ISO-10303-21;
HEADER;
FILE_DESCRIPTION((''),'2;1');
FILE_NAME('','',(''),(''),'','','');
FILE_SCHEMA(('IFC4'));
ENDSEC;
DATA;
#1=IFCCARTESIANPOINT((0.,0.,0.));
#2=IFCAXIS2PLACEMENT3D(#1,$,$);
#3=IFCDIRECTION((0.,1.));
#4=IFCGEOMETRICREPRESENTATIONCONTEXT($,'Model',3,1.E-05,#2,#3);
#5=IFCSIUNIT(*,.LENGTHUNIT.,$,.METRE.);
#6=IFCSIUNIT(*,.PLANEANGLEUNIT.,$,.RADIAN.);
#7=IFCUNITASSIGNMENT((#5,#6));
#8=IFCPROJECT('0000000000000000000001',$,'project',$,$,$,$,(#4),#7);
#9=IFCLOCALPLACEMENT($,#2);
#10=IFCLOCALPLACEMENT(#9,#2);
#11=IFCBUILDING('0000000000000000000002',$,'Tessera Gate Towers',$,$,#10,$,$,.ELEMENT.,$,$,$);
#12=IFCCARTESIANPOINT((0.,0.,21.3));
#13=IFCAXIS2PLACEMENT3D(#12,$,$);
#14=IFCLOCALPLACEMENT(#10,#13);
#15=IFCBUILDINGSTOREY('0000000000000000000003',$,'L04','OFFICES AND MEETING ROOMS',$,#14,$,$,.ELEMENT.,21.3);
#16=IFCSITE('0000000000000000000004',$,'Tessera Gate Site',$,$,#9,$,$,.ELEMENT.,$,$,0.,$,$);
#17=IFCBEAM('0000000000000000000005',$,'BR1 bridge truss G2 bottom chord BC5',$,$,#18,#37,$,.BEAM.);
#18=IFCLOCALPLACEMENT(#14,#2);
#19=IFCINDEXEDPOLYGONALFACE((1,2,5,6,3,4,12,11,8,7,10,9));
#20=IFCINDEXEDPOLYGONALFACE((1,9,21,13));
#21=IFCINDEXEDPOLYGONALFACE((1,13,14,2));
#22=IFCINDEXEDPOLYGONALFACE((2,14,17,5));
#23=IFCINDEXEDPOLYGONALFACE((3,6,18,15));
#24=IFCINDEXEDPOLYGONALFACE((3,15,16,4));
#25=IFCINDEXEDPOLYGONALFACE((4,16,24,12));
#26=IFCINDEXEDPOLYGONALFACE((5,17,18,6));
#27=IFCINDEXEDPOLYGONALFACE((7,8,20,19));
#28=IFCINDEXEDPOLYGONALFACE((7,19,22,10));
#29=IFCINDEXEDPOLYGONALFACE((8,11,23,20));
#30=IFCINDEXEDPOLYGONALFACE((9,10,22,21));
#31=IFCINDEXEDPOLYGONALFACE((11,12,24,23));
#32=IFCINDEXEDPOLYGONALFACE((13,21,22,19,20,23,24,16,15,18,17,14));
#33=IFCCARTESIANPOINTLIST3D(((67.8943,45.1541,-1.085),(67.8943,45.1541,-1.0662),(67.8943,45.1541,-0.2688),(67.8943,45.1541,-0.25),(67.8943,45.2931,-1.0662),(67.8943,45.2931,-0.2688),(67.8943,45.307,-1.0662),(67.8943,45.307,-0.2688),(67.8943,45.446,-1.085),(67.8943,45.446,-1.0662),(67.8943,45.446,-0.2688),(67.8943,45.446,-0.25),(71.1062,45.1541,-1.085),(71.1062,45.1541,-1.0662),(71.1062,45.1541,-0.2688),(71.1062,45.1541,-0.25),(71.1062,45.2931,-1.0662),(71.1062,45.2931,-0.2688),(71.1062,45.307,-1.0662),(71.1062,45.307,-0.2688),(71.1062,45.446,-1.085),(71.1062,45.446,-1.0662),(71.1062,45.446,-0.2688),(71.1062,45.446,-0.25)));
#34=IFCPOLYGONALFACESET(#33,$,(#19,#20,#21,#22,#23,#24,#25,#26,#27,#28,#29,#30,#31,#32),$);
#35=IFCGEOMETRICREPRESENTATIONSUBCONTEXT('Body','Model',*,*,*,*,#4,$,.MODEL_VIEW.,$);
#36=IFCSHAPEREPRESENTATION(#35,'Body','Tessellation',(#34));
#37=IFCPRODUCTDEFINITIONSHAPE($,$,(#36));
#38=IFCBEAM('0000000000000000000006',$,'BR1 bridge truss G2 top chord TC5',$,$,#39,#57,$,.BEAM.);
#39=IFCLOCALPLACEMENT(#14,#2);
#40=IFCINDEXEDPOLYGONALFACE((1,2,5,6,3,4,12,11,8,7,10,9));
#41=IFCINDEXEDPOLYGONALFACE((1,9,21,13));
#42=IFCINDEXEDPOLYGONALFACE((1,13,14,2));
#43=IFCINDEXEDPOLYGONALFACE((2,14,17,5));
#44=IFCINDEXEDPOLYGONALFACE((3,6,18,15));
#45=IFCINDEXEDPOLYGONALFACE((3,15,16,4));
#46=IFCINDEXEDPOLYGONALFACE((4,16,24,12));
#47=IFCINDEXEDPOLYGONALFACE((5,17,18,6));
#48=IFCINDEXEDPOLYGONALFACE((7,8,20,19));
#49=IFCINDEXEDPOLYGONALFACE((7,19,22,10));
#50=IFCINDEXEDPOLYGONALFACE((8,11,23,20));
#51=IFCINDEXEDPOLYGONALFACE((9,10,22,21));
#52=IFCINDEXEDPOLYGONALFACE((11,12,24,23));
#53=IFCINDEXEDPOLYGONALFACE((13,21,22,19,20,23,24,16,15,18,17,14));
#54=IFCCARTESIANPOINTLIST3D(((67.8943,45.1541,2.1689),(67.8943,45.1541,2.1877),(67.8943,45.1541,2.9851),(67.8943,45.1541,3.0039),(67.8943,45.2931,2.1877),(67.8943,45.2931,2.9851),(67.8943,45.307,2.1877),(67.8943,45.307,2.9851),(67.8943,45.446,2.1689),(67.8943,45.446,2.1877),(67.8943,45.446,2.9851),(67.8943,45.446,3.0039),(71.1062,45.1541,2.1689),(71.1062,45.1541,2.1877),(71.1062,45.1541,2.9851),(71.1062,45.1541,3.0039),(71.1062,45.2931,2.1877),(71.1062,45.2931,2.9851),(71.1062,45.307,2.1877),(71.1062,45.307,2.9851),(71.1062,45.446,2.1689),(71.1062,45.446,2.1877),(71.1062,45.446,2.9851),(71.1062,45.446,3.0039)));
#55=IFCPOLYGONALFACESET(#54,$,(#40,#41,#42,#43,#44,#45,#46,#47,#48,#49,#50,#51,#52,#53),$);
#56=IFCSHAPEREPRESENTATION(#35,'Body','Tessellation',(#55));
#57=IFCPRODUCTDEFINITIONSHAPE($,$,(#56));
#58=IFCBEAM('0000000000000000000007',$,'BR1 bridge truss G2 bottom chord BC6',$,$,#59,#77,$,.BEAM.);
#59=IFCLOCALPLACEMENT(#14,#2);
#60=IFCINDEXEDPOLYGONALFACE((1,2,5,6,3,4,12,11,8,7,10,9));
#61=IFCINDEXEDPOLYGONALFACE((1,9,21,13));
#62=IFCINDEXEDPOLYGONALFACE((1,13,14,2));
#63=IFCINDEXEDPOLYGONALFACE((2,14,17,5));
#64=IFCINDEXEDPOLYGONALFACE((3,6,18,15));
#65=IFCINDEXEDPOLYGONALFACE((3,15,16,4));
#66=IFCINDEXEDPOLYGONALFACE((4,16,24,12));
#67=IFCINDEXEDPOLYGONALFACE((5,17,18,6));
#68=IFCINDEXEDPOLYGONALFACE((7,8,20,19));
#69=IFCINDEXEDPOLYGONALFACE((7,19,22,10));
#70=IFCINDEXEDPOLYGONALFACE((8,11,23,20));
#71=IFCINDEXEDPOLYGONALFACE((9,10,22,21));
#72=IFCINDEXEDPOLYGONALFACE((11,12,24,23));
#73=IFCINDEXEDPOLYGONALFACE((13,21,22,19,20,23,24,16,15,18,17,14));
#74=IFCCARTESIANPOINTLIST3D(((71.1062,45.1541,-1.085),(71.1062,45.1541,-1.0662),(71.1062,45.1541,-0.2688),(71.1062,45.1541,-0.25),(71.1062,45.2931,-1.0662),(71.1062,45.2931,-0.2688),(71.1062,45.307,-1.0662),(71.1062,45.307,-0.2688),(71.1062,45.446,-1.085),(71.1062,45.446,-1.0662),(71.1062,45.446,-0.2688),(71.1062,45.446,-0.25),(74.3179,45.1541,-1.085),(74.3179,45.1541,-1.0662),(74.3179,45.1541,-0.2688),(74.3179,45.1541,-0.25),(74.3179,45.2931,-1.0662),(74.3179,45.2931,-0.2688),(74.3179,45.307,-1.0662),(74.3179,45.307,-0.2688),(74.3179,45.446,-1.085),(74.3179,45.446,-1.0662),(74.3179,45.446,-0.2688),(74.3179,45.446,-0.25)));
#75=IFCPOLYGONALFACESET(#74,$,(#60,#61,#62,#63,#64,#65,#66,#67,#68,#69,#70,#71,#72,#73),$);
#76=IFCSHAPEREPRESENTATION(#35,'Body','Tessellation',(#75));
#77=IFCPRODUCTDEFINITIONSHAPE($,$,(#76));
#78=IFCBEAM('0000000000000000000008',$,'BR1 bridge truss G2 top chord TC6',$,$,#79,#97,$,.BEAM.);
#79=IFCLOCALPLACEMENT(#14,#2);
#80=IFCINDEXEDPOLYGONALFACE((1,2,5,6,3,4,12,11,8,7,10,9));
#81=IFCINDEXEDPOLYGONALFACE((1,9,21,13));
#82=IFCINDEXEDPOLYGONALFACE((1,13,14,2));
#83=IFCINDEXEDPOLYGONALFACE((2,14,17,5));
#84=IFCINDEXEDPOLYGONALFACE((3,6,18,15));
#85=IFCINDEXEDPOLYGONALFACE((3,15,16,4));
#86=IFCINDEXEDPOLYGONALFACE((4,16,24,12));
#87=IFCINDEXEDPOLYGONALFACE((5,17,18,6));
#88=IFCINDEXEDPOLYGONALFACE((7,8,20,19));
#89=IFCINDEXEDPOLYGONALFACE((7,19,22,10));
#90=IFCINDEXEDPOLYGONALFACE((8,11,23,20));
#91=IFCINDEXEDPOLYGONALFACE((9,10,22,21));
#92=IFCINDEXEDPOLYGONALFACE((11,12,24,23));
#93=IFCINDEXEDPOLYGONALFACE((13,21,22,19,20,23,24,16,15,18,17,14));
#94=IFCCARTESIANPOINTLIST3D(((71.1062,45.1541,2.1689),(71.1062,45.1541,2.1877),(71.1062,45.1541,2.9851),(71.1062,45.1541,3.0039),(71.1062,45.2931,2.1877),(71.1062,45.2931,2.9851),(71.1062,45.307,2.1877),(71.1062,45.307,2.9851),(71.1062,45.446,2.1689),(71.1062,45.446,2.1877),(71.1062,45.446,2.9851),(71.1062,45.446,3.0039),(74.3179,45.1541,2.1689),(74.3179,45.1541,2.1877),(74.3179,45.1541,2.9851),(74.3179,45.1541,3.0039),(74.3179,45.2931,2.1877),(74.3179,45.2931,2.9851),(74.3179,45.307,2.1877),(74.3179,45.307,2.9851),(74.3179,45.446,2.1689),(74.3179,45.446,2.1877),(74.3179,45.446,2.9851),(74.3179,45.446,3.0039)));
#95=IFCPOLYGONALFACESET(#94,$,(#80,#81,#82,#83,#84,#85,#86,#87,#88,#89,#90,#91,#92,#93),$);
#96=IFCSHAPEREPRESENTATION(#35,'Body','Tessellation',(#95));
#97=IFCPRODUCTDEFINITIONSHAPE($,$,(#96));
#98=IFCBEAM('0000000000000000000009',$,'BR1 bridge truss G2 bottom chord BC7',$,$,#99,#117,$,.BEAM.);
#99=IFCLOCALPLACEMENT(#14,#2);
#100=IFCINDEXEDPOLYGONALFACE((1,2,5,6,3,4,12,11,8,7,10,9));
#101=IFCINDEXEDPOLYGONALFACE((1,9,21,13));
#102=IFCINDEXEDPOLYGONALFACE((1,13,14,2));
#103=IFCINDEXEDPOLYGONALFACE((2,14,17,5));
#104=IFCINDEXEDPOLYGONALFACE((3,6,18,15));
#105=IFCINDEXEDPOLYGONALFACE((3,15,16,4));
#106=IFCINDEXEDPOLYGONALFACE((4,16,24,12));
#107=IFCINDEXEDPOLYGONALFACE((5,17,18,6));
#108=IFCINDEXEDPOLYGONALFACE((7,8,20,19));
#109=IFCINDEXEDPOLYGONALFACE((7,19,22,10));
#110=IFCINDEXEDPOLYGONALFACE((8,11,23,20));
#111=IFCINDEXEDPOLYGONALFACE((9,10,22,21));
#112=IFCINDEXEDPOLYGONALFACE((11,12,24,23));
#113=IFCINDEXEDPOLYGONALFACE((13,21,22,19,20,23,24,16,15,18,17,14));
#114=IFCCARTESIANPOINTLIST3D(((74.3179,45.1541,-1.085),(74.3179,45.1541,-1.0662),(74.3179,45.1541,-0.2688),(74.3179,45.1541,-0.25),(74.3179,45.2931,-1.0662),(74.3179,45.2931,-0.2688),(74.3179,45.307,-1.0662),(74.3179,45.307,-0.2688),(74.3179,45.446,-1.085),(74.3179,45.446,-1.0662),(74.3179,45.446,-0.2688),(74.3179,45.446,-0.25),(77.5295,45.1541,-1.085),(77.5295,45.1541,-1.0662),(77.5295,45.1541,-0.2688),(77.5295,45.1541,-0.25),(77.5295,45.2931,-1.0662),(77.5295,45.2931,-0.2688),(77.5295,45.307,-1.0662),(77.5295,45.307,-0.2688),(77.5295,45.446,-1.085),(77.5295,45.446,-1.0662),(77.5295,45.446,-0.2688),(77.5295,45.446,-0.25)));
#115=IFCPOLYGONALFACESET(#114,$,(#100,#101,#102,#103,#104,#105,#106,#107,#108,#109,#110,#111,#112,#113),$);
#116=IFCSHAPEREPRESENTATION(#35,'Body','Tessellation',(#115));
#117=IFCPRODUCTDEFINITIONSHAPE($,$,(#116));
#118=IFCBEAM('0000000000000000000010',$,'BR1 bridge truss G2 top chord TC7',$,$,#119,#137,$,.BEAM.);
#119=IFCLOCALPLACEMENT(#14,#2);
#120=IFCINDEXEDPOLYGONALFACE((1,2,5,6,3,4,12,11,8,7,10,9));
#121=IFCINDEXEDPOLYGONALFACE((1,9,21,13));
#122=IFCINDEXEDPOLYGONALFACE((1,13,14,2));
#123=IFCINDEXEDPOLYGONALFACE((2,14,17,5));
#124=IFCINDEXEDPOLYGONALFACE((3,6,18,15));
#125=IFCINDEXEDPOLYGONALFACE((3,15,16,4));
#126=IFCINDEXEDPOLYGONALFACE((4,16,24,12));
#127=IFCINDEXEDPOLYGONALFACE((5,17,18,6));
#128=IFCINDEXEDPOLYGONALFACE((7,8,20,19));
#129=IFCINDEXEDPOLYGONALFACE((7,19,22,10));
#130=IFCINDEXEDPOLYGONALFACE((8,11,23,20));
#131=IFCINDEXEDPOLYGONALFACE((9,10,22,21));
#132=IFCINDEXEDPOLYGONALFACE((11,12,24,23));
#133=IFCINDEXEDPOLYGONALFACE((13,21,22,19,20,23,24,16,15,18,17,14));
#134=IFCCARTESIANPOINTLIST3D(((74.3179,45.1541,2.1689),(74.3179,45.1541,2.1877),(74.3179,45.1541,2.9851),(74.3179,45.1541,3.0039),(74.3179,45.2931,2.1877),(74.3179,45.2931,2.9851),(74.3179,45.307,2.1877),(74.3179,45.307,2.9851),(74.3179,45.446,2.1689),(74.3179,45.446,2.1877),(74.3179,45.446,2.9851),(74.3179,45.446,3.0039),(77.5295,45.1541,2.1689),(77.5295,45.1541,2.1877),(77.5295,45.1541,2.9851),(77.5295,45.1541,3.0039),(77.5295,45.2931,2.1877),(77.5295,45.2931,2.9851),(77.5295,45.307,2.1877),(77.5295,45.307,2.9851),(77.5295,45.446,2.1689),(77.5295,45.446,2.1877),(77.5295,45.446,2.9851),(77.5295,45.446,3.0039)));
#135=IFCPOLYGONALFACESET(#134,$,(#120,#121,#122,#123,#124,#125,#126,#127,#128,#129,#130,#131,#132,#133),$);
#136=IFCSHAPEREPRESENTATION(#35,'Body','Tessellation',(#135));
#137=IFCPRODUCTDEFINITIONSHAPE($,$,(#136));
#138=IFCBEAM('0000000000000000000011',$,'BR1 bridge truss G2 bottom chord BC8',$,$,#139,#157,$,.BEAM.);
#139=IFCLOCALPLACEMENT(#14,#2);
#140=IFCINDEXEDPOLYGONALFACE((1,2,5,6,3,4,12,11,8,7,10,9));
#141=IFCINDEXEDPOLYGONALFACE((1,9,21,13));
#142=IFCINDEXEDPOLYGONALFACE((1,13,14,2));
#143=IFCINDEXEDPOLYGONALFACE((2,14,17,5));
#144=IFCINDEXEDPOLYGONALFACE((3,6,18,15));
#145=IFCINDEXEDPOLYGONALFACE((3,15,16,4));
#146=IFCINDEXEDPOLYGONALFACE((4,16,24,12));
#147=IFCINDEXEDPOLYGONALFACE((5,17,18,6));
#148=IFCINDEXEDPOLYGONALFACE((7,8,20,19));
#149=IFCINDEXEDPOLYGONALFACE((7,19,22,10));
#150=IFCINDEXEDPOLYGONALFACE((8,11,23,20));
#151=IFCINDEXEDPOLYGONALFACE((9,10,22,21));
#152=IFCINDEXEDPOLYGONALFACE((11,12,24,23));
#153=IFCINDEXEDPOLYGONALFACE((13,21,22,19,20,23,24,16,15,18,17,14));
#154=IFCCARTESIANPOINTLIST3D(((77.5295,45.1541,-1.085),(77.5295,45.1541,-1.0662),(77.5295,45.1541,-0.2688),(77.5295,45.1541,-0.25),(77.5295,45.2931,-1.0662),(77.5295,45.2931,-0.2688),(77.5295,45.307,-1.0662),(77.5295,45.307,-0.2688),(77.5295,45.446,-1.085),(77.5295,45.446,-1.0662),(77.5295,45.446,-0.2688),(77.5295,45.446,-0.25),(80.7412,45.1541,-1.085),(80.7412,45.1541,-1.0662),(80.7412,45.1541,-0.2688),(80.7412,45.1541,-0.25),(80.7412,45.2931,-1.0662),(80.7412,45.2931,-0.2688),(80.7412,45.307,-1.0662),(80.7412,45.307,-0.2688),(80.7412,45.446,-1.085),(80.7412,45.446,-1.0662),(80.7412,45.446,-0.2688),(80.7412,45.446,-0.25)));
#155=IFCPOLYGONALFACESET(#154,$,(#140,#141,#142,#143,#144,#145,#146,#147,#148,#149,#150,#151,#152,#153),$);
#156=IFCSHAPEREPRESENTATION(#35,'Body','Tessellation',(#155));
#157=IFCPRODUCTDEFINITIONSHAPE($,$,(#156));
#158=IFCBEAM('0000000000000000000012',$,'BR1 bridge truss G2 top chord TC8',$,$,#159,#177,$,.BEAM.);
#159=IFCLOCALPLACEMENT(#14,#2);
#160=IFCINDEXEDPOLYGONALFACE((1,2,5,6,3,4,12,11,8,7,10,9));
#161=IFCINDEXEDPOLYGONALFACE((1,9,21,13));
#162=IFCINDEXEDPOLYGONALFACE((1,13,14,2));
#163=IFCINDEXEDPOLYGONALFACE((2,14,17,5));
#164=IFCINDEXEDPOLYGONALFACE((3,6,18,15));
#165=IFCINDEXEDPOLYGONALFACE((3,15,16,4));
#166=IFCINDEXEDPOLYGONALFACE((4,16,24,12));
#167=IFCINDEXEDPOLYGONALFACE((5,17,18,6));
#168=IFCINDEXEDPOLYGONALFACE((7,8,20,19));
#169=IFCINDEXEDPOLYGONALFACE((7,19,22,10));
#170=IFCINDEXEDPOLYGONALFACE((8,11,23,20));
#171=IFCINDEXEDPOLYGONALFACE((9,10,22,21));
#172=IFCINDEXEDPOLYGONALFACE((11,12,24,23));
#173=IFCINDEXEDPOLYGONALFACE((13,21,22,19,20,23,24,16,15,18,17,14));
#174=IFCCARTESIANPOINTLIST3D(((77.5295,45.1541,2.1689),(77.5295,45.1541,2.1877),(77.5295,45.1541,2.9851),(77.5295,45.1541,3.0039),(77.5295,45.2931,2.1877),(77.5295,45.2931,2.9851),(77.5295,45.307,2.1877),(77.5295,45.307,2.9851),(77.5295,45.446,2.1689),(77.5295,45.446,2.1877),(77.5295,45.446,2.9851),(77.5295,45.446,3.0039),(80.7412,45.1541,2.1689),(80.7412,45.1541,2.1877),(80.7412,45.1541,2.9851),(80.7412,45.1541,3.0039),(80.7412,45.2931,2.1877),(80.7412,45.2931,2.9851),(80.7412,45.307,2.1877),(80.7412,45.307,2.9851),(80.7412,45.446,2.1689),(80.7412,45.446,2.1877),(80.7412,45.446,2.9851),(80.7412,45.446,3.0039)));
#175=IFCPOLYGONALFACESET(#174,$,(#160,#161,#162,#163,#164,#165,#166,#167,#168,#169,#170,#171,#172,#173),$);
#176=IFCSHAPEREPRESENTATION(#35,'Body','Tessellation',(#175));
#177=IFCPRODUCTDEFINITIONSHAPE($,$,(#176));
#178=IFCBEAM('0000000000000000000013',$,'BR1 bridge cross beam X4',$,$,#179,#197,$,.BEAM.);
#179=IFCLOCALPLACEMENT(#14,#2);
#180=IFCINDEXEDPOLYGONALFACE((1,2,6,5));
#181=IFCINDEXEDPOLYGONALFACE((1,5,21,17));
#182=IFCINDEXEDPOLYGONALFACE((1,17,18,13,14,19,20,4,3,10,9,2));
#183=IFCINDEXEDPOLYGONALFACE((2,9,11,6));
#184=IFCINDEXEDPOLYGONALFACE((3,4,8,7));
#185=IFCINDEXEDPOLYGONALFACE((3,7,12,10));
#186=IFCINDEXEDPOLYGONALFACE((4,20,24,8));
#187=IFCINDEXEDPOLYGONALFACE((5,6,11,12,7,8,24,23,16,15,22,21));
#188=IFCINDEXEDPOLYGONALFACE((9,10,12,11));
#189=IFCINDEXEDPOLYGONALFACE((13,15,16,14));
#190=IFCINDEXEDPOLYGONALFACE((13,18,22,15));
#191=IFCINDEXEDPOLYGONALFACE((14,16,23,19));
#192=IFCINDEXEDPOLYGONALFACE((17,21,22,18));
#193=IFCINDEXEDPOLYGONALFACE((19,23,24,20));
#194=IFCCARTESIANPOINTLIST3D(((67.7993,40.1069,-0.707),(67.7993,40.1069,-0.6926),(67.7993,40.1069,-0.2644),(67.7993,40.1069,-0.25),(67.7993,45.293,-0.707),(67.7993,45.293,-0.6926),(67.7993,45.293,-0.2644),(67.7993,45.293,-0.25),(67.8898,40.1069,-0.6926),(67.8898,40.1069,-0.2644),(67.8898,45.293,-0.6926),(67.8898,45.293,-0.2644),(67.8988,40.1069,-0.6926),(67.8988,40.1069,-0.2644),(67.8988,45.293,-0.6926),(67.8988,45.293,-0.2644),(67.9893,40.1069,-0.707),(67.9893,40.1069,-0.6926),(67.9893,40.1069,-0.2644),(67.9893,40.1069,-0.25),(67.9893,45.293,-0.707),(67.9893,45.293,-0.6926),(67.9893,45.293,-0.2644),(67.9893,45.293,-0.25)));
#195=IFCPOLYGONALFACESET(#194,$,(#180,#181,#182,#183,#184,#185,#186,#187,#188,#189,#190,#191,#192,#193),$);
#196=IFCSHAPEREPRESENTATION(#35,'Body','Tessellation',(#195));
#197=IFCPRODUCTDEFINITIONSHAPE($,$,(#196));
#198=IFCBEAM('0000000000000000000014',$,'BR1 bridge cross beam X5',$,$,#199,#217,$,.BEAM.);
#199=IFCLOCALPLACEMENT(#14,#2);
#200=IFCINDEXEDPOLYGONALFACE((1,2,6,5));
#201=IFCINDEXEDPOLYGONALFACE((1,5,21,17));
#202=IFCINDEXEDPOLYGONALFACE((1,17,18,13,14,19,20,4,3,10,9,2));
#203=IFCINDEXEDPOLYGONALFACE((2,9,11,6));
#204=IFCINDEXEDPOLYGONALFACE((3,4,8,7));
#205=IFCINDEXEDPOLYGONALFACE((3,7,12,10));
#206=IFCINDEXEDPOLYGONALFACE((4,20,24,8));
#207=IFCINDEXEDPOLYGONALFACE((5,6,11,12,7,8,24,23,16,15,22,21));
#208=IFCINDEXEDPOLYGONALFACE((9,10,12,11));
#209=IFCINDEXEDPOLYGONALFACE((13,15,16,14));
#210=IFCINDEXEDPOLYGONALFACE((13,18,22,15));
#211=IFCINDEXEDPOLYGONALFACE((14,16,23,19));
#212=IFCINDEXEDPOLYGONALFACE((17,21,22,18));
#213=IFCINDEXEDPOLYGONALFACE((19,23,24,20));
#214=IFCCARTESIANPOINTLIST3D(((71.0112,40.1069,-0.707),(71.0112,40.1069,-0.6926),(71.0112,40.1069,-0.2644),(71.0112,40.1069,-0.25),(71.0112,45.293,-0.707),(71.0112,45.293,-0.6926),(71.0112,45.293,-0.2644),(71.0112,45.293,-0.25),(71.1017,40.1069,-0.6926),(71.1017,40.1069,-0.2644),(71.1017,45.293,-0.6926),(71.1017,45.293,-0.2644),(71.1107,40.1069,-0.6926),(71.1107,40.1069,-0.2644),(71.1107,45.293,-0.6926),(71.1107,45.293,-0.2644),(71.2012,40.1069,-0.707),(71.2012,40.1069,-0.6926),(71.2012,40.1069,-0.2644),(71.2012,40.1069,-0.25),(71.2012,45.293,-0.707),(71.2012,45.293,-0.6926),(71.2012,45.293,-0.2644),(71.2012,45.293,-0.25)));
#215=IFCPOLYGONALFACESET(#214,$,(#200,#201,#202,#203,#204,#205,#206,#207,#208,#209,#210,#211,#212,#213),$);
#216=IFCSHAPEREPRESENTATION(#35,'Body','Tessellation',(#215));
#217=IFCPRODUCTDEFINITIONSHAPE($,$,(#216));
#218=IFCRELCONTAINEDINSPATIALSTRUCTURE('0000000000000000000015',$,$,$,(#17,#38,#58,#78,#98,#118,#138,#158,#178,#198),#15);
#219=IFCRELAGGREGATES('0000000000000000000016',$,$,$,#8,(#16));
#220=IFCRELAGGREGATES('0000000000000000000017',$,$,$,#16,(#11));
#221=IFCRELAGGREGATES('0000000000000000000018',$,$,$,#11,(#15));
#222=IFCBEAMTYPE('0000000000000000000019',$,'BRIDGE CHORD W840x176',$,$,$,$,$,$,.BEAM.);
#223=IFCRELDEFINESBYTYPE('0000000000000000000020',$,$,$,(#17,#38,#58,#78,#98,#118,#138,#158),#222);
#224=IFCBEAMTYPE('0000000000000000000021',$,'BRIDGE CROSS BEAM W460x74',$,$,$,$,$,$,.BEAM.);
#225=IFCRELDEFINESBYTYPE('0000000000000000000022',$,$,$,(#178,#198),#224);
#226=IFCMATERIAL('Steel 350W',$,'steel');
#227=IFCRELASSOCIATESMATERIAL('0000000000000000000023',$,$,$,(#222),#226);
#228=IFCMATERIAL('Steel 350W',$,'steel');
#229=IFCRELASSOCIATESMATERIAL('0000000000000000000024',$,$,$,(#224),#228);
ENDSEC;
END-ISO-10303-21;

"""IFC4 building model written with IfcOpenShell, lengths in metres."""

from ifc_helpers import new_model, si_unit, direction, frame, origin, origin_2d, place, context, subcontext, project, spatial, i_section, extrude, material, material_profile, profile_set, type_object, element, save


model = new_model("IFC4")

# Units and contexts
model_context = context("Model", 3, precision=1e-05, world=origin(), true_north=direction((0.0, 1.0)))
body_context = subcontext(model_context, "Body", "Model", "MODEL_VIEW")
ifc_project = project(units=[si_unit("LENGTHUNIT", "METRE"), si_unit("PLANEANGLEUNIT", "RADIAN")], contexts=[model_context])

# Site, building, storey
site_placement = place(None, origin())
site = spatial("IfcSite", under=ifc_project, at=site_placement, Name="Tessera Gate Site", CompositionType="ELEMENT", RefElevation=0.0)
building_placement = place(site_placement, origin())
building = spatial("IfcBuilding", under=site, at=building_placement, Name="Tessera Gate Towers", CompositionType="ELEMENT")
storey_placement = place(building_placement, frame((0.0, 0.0, 21.3)))
storey = spatial("IfcBuildingStorey", under=building, at=storey_placement, Name="L04", Description="OFFICES AND MEETING ROOMS", CompositionType="ELEMENT", Elevation=21.3)

# Beams
ifc_material_1 = material(Name="Steel 350W", Category="steel")
ifc_material_profile_1 = material_profile(ifc_material_1, i_section(OverallWidth=0.292, OverallDepth=0.835, WebThickness=0.0139, FlangeThickness=0.0188, at=origin_2d()), Name="W840x176")
ifc_profile_set_1 = profile_set([ifc_material_profile_1], Name="Steel 350W")
beam_type_1 = type_object("IfcBeamType", Name="BRIDGE CHORD W840x176", PredefinedType="BEAM", material=ifc_profile_set_1)
for number, where, z_axis, x_axis, name in (
    (1, (67.8943, 45.3, -0.6675), (1.0, 0.0, 0.0), (0.0, 1.0, 0.0), "BR1 bridge truss G2 bottom chord BC5"),
    (2, (67.8943, 45.3, 2.5864), (1.0, 0.0, 0.0), (0.0, 1.0, 0.0), "BR1 bridge truss G2 top chord TC5"),
):
    element("IfcBeam", number, at=place(storey_placement, frame(where, z_axis=z_axis, x_axis=x_axis)), inside=storey, type_object=beam_type_1, Name=name, PredefinedType="BEAM", context=body_context, shape_type="SweptSolid", body=[
        extrude(i_section(OverallWidth=0.292, OverallDepth=0.835, WebThickness=0.0139, FlangeThickness=0.0188, at=origin_2d()), origin(), (0.0, 0.0, 1.0), 3.2119),
    ])
for number, where, z_axis, x_axis, name in (
    (3, (71.1062, 45.3, -0.6675), (1.0, 0.0, 0.0), (0.0, 1.0, 0.0), "BR1 bridge truss G2 bottom chord BC6"),
    (4, (71.1062, 45.3, 2.5864), (1.0, 0.0, 0.0), (0.0, 1.0, 0.0), "BR1 bridge truss G2 top chord TC6"),
    (5, (74.3179, 45.3, -0.6675), (1.0, 0.0, 0.0), (0.0, 1.0, 0.0), "BR1 bridge truss G2 bottom chord BC7"),
    (6, (74.3179, 45.3, 2.5864), (1.0, 0.0, 0.0), (0.0, 1.0, 0.0), "BR1 bridge truss G2 top chord TC7"),
    (7, (77.5295, 45.3, -0.6675), (1.0, 0.0, 0.0), (0.0, 1.0, 0.0), "BR1 bridge truss G2 bottom chord BC8"),
    (8, (77.5295, 45.3, 2.5864), (1.0, 0.0, 0.0), (0.0, 1.0, 0.0), "BR1 bridge truss G2 top chord TC8"),
):
    element("IfcBeam", number, at=place(storey_placement, frame(where, z_axis=z_axis, x_axis=x_axis)), inside=storey, type_object=beam_type_1, Name=name, PredefinedType="BEAM", context=body_context, shape_type="SweptSolid", body=[
        extrude(i_section(OverallWidth=0.292, OverallDepth=0.835, WebThickness=0.0139, FlangeThickness=0.0188, at=origin_2d()), origin(), (0.0, 0.0, 1.0), 3.2117),
    ])
ifc_material_2 = material(Name="Steel 350W", Category="steel")
ifc_material_profile_2 = material_profile(ifc_material_2, i_section(OverallWidth=0.1899, OverallDepth=0.457, WebThickness=0.009, FlangeThickness=0.0144, at=origin_2d()), Name="W460x74")
ifc_profile_set_2 = profile_set([ifc_material_profile_2], Name="Steel 350W")
beam_type_2 = type_object("IfcBeamType", Name="BRIDGE CROSS BEAM W460x74", PredefinedType="BEAM", material=ifc_profile_set_2)
for number, where, z_axis, x_axis, name in (
    (9, (67.8943, 40.1069, -0.4785), (0.0, 1.0, 0.0), (-1.0, 0.0, 0.0), "BR1 bridge cross beam X4"),
    (10, (71.1062, 40.1069, -0.4785), (0.0, 1.0, 0.0), (-1.0, 0.0, 0.0), "BR1 bridge cross beam X5"),
):
    element("IfcBeam", number, at=place(storey_placement, frame(where, z_axis=z_axis, x_axis=x_axis)), inside=storey, type_object=beam_type_2, Name=name, PredefinedType="BEAM", context=body_context, shape_type="SweptSolid", body=[
        extrude(i_section(OverallWidth=0.1899, OverallDepth=0.457, WebThickness=0.009, FlangeThickness=0.0144, at=origin_2d()), origin(), (0.0, 0.0, 1.0), 5.186),
    ])

save(model, "model.ifc")
